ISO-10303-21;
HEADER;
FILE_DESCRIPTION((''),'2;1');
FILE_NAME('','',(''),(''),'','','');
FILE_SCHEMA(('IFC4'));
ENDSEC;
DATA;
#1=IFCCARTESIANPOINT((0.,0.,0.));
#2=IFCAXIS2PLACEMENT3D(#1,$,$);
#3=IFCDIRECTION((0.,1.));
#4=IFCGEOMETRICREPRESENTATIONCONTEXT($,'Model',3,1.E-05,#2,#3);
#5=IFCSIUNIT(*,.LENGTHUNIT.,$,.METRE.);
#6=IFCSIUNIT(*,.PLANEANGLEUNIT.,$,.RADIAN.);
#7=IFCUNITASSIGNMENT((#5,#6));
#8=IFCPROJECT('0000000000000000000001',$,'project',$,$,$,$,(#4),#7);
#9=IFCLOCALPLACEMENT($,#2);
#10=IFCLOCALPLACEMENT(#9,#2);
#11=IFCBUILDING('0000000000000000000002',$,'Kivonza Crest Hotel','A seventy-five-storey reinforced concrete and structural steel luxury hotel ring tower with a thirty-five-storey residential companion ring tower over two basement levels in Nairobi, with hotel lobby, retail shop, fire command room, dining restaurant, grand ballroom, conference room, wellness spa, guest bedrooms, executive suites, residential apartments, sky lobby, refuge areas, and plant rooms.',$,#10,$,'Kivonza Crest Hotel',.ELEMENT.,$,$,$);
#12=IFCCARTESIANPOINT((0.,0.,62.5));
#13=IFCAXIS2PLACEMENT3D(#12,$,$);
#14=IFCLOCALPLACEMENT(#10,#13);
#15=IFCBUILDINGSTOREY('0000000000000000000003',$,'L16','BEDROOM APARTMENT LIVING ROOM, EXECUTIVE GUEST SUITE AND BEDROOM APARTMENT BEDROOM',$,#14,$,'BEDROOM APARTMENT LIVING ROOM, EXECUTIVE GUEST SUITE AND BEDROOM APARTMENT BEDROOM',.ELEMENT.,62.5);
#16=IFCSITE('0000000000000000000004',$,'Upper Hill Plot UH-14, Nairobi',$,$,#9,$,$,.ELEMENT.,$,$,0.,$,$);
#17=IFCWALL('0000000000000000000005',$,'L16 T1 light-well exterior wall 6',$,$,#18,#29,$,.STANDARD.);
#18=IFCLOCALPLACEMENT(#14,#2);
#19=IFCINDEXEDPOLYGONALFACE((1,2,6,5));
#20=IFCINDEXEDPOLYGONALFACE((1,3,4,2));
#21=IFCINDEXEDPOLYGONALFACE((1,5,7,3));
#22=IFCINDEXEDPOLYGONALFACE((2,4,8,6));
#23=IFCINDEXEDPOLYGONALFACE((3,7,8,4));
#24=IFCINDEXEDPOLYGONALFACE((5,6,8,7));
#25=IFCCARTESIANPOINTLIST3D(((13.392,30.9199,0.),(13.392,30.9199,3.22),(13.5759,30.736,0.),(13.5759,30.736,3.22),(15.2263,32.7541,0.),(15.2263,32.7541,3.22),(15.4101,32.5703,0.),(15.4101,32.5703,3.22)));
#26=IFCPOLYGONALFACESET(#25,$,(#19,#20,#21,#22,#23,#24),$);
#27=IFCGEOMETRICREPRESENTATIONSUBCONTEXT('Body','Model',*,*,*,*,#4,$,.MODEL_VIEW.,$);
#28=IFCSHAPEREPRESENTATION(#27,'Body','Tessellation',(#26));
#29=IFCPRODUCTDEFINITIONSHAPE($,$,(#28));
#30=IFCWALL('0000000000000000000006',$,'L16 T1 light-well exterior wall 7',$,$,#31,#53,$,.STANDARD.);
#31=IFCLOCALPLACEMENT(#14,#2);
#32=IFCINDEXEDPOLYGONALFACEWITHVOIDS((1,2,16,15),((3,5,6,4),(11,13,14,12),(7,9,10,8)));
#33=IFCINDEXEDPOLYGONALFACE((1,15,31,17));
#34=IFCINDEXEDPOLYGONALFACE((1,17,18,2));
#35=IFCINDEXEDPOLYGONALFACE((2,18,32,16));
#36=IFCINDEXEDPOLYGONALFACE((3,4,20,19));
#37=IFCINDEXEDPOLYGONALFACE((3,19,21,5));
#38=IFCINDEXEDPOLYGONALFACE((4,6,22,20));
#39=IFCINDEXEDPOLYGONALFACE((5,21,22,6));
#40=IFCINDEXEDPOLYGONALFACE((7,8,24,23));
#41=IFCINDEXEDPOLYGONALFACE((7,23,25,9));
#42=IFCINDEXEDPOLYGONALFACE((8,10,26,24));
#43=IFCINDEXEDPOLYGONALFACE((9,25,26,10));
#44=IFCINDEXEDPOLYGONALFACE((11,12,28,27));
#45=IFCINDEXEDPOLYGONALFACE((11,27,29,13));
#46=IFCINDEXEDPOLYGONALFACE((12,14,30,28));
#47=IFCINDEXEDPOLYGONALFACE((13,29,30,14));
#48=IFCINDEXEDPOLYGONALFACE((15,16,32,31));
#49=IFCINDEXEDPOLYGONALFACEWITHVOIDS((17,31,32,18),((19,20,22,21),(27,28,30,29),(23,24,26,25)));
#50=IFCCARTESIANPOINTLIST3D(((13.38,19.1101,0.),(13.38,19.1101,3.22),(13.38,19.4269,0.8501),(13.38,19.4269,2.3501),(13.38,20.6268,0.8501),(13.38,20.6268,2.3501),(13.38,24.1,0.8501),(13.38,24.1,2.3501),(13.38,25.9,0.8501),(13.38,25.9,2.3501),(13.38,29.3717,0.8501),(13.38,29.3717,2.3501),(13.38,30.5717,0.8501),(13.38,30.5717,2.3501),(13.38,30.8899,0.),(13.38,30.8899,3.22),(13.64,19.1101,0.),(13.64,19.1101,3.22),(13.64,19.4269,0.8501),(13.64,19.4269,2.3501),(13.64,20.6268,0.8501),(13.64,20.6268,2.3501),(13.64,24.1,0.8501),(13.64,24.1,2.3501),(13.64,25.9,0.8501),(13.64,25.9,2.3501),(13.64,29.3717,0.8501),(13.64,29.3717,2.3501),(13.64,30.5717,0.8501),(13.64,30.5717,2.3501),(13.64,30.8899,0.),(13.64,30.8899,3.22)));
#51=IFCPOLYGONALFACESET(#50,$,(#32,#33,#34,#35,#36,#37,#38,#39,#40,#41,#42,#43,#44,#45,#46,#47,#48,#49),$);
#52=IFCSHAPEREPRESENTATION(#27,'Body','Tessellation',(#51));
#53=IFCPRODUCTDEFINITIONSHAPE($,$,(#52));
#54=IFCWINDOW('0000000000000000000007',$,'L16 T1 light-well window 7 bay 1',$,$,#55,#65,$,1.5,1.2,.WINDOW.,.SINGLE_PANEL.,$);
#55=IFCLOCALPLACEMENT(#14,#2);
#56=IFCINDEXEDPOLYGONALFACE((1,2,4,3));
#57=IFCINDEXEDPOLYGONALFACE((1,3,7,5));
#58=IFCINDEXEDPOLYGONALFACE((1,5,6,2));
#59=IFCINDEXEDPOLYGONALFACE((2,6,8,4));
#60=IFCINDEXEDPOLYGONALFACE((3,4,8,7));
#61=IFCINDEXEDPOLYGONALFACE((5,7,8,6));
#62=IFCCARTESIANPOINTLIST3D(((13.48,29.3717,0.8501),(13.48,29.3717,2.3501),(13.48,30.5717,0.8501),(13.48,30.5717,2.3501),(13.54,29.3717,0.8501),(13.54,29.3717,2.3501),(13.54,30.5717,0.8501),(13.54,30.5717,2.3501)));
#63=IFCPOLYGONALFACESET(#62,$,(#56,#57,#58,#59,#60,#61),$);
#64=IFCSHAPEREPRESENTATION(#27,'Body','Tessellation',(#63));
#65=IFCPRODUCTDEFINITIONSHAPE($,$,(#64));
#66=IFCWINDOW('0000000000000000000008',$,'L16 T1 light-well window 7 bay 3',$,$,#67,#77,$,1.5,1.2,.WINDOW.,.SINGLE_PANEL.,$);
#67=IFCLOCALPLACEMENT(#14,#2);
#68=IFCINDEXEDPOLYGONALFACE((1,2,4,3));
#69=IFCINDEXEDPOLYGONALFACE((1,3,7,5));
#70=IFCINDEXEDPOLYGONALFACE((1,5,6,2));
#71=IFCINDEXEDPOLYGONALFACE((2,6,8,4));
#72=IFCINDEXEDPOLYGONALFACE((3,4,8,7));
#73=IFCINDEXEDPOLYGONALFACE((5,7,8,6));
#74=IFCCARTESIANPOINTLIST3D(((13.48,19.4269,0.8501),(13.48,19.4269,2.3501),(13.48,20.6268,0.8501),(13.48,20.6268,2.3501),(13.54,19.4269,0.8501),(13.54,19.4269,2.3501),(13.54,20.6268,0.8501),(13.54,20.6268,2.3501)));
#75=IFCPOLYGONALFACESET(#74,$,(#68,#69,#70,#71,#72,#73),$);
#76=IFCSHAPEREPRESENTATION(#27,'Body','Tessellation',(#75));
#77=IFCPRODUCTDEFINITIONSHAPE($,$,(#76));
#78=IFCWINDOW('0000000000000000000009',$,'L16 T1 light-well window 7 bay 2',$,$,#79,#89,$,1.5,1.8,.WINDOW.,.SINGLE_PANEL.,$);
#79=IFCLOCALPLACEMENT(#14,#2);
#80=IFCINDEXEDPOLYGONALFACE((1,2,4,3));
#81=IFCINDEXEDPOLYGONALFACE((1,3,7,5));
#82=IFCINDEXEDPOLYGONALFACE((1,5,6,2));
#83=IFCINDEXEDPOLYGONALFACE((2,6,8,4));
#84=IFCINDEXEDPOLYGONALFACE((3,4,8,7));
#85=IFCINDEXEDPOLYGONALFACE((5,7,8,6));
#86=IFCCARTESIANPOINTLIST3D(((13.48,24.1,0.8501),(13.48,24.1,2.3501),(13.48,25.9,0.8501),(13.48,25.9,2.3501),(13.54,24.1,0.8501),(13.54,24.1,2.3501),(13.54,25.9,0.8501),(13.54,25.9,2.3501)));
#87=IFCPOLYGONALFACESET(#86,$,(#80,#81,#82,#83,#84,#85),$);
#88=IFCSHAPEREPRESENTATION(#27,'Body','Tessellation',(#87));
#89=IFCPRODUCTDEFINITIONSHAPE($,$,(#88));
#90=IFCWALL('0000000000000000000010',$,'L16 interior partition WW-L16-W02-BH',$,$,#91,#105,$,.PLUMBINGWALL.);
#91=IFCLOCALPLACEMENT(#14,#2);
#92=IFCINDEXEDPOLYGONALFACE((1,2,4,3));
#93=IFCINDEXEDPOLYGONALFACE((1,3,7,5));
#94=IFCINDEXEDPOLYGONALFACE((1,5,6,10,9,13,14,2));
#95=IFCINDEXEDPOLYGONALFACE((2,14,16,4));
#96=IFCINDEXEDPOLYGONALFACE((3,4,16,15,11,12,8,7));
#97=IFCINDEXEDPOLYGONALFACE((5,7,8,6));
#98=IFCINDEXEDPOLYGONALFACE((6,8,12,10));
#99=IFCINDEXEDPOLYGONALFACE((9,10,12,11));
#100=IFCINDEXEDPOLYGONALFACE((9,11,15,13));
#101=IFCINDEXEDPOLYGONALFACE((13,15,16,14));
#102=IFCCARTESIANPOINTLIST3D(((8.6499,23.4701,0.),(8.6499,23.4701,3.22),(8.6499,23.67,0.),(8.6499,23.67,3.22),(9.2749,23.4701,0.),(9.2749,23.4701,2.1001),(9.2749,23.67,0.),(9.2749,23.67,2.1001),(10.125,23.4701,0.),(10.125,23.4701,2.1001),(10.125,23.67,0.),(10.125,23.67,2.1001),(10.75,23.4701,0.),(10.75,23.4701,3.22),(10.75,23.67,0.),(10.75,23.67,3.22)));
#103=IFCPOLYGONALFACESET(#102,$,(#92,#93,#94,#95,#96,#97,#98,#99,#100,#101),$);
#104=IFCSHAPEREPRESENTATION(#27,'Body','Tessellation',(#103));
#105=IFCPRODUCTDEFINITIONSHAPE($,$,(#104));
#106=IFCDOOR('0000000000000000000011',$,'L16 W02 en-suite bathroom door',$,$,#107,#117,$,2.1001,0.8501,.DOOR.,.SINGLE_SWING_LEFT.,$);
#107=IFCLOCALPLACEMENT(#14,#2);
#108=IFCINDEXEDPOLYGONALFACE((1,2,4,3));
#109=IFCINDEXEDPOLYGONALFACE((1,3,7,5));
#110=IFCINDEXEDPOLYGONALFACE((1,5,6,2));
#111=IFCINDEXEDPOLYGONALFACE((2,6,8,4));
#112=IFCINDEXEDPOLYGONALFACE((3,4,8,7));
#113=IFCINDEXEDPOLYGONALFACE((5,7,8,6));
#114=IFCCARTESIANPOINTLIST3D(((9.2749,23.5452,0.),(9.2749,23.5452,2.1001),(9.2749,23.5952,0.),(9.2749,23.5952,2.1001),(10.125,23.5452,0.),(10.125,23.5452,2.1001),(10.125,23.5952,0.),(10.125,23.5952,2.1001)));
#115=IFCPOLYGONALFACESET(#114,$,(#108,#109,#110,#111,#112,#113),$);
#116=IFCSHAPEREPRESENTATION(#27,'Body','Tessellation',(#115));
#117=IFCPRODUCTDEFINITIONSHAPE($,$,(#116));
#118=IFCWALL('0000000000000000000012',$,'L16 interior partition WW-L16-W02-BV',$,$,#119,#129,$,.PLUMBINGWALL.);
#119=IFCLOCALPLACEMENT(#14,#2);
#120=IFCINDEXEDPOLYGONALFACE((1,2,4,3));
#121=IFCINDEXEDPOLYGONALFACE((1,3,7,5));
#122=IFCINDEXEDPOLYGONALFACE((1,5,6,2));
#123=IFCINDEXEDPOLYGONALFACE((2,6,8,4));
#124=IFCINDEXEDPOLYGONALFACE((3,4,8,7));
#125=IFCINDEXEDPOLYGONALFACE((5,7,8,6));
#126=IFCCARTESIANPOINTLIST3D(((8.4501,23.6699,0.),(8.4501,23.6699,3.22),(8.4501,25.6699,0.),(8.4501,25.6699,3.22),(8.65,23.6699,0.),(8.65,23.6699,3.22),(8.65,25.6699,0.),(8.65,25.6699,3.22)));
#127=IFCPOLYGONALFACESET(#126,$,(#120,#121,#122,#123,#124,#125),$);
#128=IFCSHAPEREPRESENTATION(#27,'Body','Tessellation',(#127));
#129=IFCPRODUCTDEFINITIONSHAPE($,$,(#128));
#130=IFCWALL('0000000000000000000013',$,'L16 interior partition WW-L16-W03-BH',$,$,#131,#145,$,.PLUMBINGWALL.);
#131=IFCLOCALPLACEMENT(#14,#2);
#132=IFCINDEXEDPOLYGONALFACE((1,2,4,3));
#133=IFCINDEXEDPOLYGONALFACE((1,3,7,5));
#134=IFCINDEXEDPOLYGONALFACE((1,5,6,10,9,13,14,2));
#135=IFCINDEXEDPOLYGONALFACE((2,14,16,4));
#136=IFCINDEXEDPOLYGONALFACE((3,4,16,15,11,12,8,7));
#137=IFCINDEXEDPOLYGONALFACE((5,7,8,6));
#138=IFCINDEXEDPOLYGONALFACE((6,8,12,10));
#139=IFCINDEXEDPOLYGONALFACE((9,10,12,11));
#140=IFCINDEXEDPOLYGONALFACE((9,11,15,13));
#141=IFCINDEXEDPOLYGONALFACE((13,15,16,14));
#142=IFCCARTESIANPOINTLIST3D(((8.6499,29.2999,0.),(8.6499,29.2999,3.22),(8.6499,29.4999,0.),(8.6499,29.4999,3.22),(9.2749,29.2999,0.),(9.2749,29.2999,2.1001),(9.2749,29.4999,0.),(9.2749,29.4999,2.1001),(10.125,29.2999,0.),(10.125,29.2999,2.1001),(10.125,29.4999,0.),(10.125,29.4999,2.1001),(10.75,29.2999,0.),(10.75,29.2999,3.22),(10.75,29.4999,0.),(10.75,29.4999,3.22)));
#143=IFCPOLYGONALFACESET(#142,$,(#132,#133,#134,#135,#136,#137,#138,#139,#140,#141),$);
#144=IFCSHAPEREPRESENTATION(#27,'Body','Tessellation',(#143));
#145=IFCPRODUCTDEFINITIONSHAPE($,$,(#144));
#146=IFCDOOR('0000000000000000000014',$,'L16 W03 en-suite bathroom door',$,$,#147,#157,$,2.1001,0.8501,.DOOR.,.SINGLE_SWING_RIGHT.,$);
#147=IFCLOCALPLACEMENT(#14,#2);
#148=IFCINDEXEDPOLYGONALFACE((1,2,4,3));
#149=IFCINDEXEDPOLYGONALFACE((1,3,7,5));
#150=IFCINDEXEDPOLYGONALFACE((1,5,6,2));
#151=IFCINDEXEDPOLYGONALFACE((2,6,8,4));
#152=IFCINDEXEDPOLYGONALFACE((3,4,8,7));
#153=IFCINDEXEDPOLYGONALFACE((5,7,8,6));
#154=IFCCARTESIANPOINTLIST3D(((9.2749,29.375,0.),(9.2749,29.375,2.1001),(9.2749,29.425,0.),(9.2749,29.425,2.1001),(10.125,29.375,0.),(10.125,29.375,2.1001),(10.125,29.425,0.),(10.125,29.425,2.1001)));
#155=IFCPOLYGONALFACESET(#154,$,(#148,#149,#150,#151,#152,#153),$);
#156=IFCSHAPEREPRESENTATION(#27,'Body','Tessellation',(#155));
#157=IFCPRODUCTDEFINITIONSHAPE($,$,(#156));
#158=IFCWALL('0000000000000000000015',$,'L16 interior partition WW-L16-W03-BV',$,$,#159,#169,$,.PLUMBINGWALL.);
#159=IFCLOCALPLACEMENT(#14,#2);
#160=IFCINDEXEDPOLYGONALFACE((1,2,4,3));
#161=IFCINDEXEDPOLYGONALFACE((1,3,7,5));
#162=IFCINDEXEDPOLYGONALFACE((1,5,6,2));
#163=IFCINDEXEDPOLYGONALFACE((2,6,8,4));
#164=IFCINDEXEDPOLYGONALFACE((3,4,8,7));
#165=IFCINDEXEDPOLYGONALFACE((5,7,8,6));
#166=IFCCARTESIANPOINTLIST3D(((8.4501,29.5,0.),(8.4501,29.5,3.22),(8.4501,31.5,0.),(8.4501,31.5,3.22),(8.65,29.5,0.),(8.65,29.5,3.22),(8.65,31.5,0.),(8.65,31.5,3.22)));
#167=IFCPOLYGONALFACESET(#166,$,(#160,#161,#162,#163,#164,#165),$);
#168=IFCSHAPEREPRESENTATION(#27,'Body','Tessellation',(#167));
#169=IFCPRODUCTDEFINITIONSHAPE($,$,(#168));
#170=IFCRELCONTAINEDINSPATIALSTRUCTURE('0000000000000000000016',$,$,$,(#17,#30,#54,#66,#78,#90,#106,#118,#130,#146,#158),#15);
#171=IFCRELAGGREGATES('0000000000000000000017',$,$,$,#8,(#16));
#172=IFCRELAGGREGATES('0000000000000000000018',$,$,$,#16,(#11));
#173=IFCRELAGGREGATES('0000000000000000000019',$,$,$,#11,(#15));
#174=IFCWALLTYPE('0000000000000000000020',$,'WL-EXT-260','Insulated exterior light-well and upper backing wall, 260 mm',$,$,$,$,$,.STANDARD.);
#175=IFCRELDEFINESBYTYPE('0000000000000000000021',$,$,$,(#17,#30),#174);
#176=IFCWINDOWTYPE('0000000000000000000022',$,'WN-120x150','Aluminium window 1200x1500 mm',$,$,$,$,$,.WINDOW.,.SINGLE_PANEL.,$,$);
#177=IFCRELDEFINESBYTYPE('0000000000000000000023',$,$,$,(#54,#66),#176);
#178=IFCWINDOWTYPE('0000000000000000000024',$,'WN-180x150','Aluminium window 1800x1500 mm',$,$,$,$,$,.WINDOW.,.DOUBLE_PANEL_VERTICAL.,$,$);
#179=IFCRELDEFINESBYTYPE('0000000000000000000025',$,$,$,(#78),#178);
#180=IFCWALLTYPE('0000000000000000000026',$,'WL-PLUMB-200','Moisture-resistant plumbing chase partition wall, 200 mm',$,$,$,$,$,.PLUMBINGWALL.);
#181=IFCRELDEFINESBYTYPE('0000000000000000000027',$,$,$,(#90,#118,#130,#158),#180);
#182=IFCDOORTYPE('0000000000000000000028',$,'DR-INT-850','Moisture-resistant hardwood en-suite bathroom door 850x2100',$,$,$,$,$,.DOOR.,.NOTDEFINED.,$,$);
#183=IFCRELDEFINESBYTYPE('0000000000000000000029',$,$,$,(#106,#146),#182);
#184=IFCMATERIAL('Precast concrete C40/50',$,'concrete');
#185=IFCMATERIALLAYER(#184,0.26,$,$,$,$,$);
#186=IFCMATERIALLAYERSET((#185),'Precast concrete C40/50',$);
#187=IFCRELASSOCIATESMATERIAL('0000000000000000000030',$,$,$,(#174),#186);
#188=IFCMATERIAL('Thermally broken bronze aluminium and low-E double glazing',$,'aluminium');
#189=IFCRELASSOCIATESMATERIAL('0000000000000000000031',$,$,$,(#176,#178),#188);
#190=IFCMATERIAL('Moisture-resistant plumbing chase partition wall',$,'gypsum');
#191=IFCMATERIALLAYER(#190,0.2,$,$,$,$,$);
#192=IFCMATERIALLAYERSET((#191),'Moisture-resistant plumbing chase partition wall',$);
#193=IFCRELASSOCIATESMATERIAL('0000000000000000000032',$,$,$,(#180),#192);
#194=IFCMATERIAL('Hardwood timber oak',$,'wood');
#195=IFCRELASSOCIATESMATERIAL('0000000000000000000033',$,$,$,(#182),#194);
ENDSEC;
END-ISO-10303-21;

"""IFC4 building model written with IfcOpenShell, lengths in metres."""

from ifc_helpers import new_model, si_unit, direction, frame, frame_2d, origin, place, context, subcontext, project, spatial, rectangle, extrude, material, layer, layer_set, type_object, element, fill, save


model = new_model("IFC4")

# Units and contexts
model_context = context("Model", 3, precision=1e-05, world=origin(), true_north=direction((0.0, 1.0)))
body_context = subcontext(model_context, "Body", "Model", "MODEL_VIEW")
ifc_project = project(units=[si_unit("LENGTHUNIT", "METRE"), si_unit("PLANEANGLEUNIT", "RADIAN")], contexts=[model_context])

# Site, building, storey
site_placement = place(None, origin())
site = spatial("IfcSite", under=ifc_project, at=site_placement, Name="Upper Hill Plot UH-14, Nairobi", CompositionType="ELEMENT", RefElevation=0.0)
building_placement = place(site_placement, origin())
building = spatial("IfcBuilding", under=site, at=building_placement, Name="Kivonza Crest Hotel", Description="A seventy-five-storey reinforced concrete and structural steel luxury hotel ring tower with a thirty-five-storey residential companion ring tower over two basement levels in Nairobi, with hotel lobby, retail shop, fire command room, dining restaurant, grand ballroom, conference room, wellness spa, guest bedrooms, executive suites, residential apartments, sky lobby, refuge areas, and plant rooms.", LongName="Kivonza Crest Hotel", CompositionType="ELEMENT")
storey_placement = place(building_placement, frame((0.0, 0.0, 62.5)))
storey = spatial("IfcBuildingStorey", under=building, at=storey_placement, Name="L16", Description="BEDROOM APARTMENT LIVING ROOM, EXECUTIVE GUEST SUITE AND BEDROOM APARTMENT BEDROOM", LongName="BEDROOM APARTMENT LIVING ROOM, EXECUTIVE GUEST SUITE AND BEDROOM APARTMENT BEDROOM", CompositionType="ELEMENT", Elevation=62.5)

# Shared definitions
ifc_material_1 = material(Name="Hardwood timber oak", Category="wood")

# Wall
ifc_material_2 = material(Name="Precast concrete C40/50", Category="concrete")
ifc_layer_1 = layer(ifc_material_2, 0.26)
ifc_layer_set_1 = layer_set([ifc_layer_1], Name="Precast concrete C40/50")
wall_type_1 = type_object("IfcWallType", Name="WL-EXT-260", Description="Insulated exterior light-well and upper backing wall, 260 mm", PredefinedType="STANDARD", material=ifc_layer_set_1)
wall_1_placement = place(storey_placement, frame((15.3181, 32.6621, 0.0), z_axis=(0.0, 0.0, 1.0), x_axis=(-0.707107, -0.707107, 0.0)))
element("IfcWall", 1, at=wall_1_placement, inside=storey, type_object=wall_type_1, Name="L16 T1 light-well exterior wall 6", PredefinedType="STANDARD", context=body_context, shape_type="SweptSolid", body=[
    extrude(rectangle(XDim=2.594, YDim=0.26, at=frame_2d((1.2969, 0.0))), origin(), (0.0, 0.0, 1.0), 3.22),
])

# Wall, openings, windows
wall_2_placement = place(storey_placement, frame((13.51, 30.8899, 0.0), z_axis=(0.0, 0.0, 1.0), x_axis=(0.0, -1.0, 0.0)))
wall_2 = element("IfcWall", 2, at=wall_2_placement, inside=storey, type_object=wall_type_1, Name="L16 T1 light-well exterior wall 7", PredefinedType="STANDARD", context=body_context, shape_type="SweptSolid", body=[
    extrude(rectangle(XDim=11.7798, YDim=0.26, at=frame_2d((5.8899, 0.0))), origin(), (0.0, 0.0, 1.0), 3.22),
])
opening_1_placement = place(wall_2_placement, frame((0.3181, 0.0, 0.8501)))
opening_1 = element("IfcOpeningElement", 3, at=opening_1_placement, cuts=wall_2, PredefinedType="OPENING", context=body_context, shape_type="SweptSolid", body=[
    extrude(rectangle(XDim=1.2, YDim=1.5, at=frame_2d((0.6001, 0.75))), frame((0.0, 0.1401, 0.0), z_axis=(0.0, -1.0, 0.0), x_axis=(1.0, 0.0, 0.0)), (0.0, 0.0, 1.0), 0.28),
])
opening_2_placement = place(wall_2_placement, frame((4.99, 0.0, 0.8501)))
opening_2 = element("IfcOpeningElement", 4, at=opening_2_placement, cuts=wall_2, PredefinedType="OPENING", context=body_context, shape_type="SweptSolid", body=[
    extrude(rectangle(XDim=1.8, YDim=1.5, at=frame_2d((0.8999, 0.75))), frame((0.0, 0.1401, 0.0), z_axis=(0.0, -1.0, 0.0), x_axis=(1.0, 0.0, 0.0)), (0.0, 0.0, 1.0), 0.28),
])
opening_3_placement = place(wall_2_placement, frame((10.2629, 0.0, 0.8501)))
opening_3 = element("IfcOpeningElement", 5, at=opening_3_placement, cuts=wall_2, PredefinedType="OPENING", context=body_context, shape_type="SweptSolid", body=[
    extrude(rectangle(XDim=1.2, YDim=1.5, at=frame_2d((0.6001, 0.75))), frame((0.0, 0.1401, 0.0), z_axis=(0.0, -1.0, 0.0), x_axis=(1.0, 0.0, 0.0)), (0.0, 0.0, 1.0), 0.28),
])
ifc_material_3 = material(Name="Thermally broken bronze aluminium and low-E double glazing", Category="aluminium")
window_type_1 = type_object("IfcWindowType", Name="WN-120x150", Description="Aluminium window 1200x1500 mm", PartitioningType="SINGLE_PANEL", PredefinedType="WINDOW", material=ifc_material_3)
window_1_placement = place(opening_1_placement, origin())
window_1 = element("IfcWindow", 6, at=window_1_placement, inside=storey, type_object=window_type_1, Name="L16 T1 light-well window 7 bay 1", OverallHeight=1.5, OverallWidth=1.2, PartitioningType="SINGLE_PANEL", PredefinedType="WINDOW", context=body_context, shape_type="SweptSolid", body=[
    extrude(rectangle(XDim=1.2, YDim=1.5, at=frame_2d((0.6001, 0.75))), frame((0.0, 0.03, 0.0), z_axis=(0.0, -1.0, 0.0), x_axis=(1.0, 0.0, 0.0)), (0.0, 0.0, 1.0), 0.0601),
])
fill(opening_1, window_1)
window_2_placement = place(opening_3_placement, origin())
window_2 = element("IfcWindow", 7, at=window_2_placement, inside=storey, type_object=window_type_1, Name="L16 T1 light-well window 7 bay 3", OverallHeight=1.5, OverallWidth=1.2, PartitioningType="SINGLE_PANEL", PredefinedType="WINDOW", context=body_context, shape_type="SweptSolid", body=[
    extrude(rectangle(XDim=1.2, YDim=1.5, at=frame_2d((0.6001, 0.75))), frame((0.0, 0.03, 0.0), z_axis=(0.0, -1.0, 0.0), x_axis=(1.0, 0.0, 0.0)), (0.0, 0.0, 1.0), 0.0601),
])
fill(opening_3, window_2)
window_type_2 = type_object("IfcWindowType", Name="WN-180x150", Description="Aluminium window 1800x1500 mm", PartitioningType="DOUBLE_PANEL_VERTICAL", PredefinedType="WINDOW", material=ifc_material_3)
window_3_placement = place(opening_2_placement, origin())
window_3 = element("IfcWindow", 8, at=window_3_placement, inside=storey, type_object=window_type_2, Name="L16 T1 light-well window 7 bay 2", OverallHeight=1.5, OverallWidth=1.8, PartitioningType="SINGLE_PANEL", PredefinedType="WINDOW", context=body_context, shape_type="SweptSolid", body=[
    extrude(rectangle(XDim=1.8, YDim=1.5, at=frame_2d((0.8999, 0.75))), frame((0.0, 0.03, 0.0), z_axis=(0.0, -1.0, 0.0), x_axis=(1.0, 0.0, 0.0)), (0.0, 0.0, 1.0), 0.0601),
])
fill(opening_2, window_3)

# Wall, opening, door
ifc_material_4 = material(Name="Moisture-resistant plumbing chase partition wall", Category="gypsum")
ifc_layer_2 = layer(ifc_material_4, 0.2)
ifc_layer_set_2 = layer_set([ifc_layer_2], Name="Moisture-resistant plumbing chase partition wall")
wall_type_2 = type_object("IfcWallType", Name="WL-PLUMB-200", Description="Moisture-resistant plumbing chase partition wall, 200 mm", PredefinedType="PLUMBINGWALL", material=ifc_layer_set_2)
wall_3_placement = place(storey_placement, frame((8.6499, 23.5701, 0.0), z_axis=(0.0, 0.0, 1.0), x_axis=(1.0, 0.0, 0.0)))
wall_3 = element("IfcWall", 9, at=wall_3_placement, inside=storey, type_object=wall_type_2, Name="L16 interior partition WW-L16-W02-BH", PredefinedType="PLUMBINGWALL", context=body_context, shape_type="SweptSolid", body=[
    extrude(rectangle(XDim=2.1001, YDim=0.2, at=frame_2d((1.05, 0.0))), origin(), (0.0, 0.0, 1.0), 3.22),
])
opening_4_placement = place(wall_3_placement, frame((0.625, 0.0, 0.0)))
opening_4 = element("IfcOpeningElement", 10, at=opening_4_placement, cuts=wall_3, PredefinedType="OPENING", context=body_context, shape_type="SweptSolid", body=[
    extrude(rectangle(XDim=0.8501, YDim=2.1001, at=frame_2d((0.425, 1.05))), frame((0.0, 0.1099, 0.0), z_axis=(0.0, -1.0, 0.0), x_axis=(1.0, 0.0, 0.0)), (0.0, 0.0, 1.0), 0.22),
])
door_type_1 = type_object("IfcDoorType", Name="DR-INT-850", Description="Moisture-resistant hardwood en-suite bathroom door 850x2100", OperationType="NOTDEFINED", PredefinedType="DOOR", material=ifc_material_1)
door_1_placement = place(opening_4_placement, frame((0.8501, 0.0, 0.0), z_axis=(0.0, 0.0, 1.0), x_axis=(-1.0, 0.0, 0.0)))
door_1 = element("IfcDoor", 11, at=door_1_placement, inside=storey, type_object=door_type_1, Name="L16 W02 en-suite bathroom door", OperationType="SINGLE_SWING_LEFT", OverallHeight=2.1001, OverallWidth=0.8501, PredefinedType="DOOR", context=body_context, shape_type="SweptSolid", body=[
    extrude(rectangle(XDim=0.8501, YDim=2.1001, at=frame_2d((0.425, 1.05))), frame((0.0, 0.0249, 0.0), z_axis=(0.0, -1.0, 0.0), x_axis=(1.0, 0.0, 0.0)), (0.0, 0.0, 1.0), 0.05),
])
fill(opening_4, door_1)

# Wall
wall_4_placement = place(storey_placement, frame((8.55, 23.6699, 0.0), z_axis=(0.0, 0.0, 1.0), x_axis=(0.0, 1.0, 0.0)))
element("IfcWall", 12, at=wall_4_placement, inside=storey, type_object=wall_type_2, Name="L16 interior partition WW-L16-W02-BV", PredefinedType="PLUMBINGWALL", context=body_context, shape_type="SweptSolid", body=[
    extrude(rectangle(XDim=2.0, YDim=0.2, at=frame_2d((1.0, 0.0))), origin(), (0.0, 0.0, 1.0), 3.22),
])

# Wall, opening, door
wall_5_placement = place(storey_placement, frame((8.6499, 29.3999, 0.0), z_axis=(0.0, 0.0, 1.0), x_axis=(1.0, 0.0, 0.0)))
wall_5 = element("IfcWall", 13, at=wall_5_placement, inside=storey, type_object=wall_type_2, Name="L16 interior partition WW-L16-W03-BH", PredefinedType="PLUMBINGWALL", context=body_context, shape_type="SweptSolid", body=[
    extrude(rectangle(XDim=2.1001, YDim=0.2, at=frame_2d((1.05, 0.0))), origin(), (0.0, 0.0, 1.0), 3.22),
])
opening_5_placement = place(wall_5_placement, frame((0.625, 0.0, 0.0)))
opening_5 = element("IfcOpeningElement", 14, at=opening_5_placement, cuts=wall_5, PredefinedType="OPENING", context=body_context, shape_type="SweptSolid", body=[
    extrude(rectangle(XDim=0.8501, YDim=2.1001, at=frame_2d((0.425, 1.05))), frame((0.0, 0.1099, 0.0), z_axis=(0.0, -1.0, 0.0), x_axis=(1.0, 0.0, 0.0)), (0.0, 0.0, 1.0), 0.22),
])
door_2_placement = place(opening_5_placement, frame((0.8501, 0.0, 0.0), z_axis=(0.0, 0.0, 1.0), x_axis=(-1.0, 0.0, 0.0)))
door_2 = element("IfcDoor", 15, at=door_2_placement, inside=storey, type_object=door_type_1, Name="L16 W03 en-suite bathroom door", OperationType="SINGLE_SWING_RIGHT", OverallHeight=2.1001, OverallWidth=0.8501, PredefinedType="DOOR", context=body_context, shape_type="SweptSolid", body=[
    extrude(rectangle(XDim=0.8501, YDim=2.1001, at=frame_2d((0.425, 1.05))), frame((0.0, 0.0249, 0.0), z_axis=(0.0, -1.0, 0.0), x_axis=(1.0, 0.0, 0.0)), (0.0, 0.0, 1.0), 0.05),
])
fill(opening_5, door_2)

# Wall
wall_6_placement = place(storey_placement, frame((8.55, 29.5, 0.0), z_axis=(0.0, 0.0, 1.0), x_axis=(0.0, 1.0, 0.0)))
element("IfcWall", 16, at=wall_6_placement, inside=storey, type_object=wall_type_2, Name="L16 interior partition WW-L16-W03-BV", PredefinedType="PLUMBINGWALL", context=body_context, shape_type="SweptSolid", body=[
    extrude(rectangle(XDim=2.0, YDim=0.2, at=frame_2d((1.0, 0.0))), origin(), (0.0, 0.0, 1.0), 3.22),
])

save(model, "model.ifc")
